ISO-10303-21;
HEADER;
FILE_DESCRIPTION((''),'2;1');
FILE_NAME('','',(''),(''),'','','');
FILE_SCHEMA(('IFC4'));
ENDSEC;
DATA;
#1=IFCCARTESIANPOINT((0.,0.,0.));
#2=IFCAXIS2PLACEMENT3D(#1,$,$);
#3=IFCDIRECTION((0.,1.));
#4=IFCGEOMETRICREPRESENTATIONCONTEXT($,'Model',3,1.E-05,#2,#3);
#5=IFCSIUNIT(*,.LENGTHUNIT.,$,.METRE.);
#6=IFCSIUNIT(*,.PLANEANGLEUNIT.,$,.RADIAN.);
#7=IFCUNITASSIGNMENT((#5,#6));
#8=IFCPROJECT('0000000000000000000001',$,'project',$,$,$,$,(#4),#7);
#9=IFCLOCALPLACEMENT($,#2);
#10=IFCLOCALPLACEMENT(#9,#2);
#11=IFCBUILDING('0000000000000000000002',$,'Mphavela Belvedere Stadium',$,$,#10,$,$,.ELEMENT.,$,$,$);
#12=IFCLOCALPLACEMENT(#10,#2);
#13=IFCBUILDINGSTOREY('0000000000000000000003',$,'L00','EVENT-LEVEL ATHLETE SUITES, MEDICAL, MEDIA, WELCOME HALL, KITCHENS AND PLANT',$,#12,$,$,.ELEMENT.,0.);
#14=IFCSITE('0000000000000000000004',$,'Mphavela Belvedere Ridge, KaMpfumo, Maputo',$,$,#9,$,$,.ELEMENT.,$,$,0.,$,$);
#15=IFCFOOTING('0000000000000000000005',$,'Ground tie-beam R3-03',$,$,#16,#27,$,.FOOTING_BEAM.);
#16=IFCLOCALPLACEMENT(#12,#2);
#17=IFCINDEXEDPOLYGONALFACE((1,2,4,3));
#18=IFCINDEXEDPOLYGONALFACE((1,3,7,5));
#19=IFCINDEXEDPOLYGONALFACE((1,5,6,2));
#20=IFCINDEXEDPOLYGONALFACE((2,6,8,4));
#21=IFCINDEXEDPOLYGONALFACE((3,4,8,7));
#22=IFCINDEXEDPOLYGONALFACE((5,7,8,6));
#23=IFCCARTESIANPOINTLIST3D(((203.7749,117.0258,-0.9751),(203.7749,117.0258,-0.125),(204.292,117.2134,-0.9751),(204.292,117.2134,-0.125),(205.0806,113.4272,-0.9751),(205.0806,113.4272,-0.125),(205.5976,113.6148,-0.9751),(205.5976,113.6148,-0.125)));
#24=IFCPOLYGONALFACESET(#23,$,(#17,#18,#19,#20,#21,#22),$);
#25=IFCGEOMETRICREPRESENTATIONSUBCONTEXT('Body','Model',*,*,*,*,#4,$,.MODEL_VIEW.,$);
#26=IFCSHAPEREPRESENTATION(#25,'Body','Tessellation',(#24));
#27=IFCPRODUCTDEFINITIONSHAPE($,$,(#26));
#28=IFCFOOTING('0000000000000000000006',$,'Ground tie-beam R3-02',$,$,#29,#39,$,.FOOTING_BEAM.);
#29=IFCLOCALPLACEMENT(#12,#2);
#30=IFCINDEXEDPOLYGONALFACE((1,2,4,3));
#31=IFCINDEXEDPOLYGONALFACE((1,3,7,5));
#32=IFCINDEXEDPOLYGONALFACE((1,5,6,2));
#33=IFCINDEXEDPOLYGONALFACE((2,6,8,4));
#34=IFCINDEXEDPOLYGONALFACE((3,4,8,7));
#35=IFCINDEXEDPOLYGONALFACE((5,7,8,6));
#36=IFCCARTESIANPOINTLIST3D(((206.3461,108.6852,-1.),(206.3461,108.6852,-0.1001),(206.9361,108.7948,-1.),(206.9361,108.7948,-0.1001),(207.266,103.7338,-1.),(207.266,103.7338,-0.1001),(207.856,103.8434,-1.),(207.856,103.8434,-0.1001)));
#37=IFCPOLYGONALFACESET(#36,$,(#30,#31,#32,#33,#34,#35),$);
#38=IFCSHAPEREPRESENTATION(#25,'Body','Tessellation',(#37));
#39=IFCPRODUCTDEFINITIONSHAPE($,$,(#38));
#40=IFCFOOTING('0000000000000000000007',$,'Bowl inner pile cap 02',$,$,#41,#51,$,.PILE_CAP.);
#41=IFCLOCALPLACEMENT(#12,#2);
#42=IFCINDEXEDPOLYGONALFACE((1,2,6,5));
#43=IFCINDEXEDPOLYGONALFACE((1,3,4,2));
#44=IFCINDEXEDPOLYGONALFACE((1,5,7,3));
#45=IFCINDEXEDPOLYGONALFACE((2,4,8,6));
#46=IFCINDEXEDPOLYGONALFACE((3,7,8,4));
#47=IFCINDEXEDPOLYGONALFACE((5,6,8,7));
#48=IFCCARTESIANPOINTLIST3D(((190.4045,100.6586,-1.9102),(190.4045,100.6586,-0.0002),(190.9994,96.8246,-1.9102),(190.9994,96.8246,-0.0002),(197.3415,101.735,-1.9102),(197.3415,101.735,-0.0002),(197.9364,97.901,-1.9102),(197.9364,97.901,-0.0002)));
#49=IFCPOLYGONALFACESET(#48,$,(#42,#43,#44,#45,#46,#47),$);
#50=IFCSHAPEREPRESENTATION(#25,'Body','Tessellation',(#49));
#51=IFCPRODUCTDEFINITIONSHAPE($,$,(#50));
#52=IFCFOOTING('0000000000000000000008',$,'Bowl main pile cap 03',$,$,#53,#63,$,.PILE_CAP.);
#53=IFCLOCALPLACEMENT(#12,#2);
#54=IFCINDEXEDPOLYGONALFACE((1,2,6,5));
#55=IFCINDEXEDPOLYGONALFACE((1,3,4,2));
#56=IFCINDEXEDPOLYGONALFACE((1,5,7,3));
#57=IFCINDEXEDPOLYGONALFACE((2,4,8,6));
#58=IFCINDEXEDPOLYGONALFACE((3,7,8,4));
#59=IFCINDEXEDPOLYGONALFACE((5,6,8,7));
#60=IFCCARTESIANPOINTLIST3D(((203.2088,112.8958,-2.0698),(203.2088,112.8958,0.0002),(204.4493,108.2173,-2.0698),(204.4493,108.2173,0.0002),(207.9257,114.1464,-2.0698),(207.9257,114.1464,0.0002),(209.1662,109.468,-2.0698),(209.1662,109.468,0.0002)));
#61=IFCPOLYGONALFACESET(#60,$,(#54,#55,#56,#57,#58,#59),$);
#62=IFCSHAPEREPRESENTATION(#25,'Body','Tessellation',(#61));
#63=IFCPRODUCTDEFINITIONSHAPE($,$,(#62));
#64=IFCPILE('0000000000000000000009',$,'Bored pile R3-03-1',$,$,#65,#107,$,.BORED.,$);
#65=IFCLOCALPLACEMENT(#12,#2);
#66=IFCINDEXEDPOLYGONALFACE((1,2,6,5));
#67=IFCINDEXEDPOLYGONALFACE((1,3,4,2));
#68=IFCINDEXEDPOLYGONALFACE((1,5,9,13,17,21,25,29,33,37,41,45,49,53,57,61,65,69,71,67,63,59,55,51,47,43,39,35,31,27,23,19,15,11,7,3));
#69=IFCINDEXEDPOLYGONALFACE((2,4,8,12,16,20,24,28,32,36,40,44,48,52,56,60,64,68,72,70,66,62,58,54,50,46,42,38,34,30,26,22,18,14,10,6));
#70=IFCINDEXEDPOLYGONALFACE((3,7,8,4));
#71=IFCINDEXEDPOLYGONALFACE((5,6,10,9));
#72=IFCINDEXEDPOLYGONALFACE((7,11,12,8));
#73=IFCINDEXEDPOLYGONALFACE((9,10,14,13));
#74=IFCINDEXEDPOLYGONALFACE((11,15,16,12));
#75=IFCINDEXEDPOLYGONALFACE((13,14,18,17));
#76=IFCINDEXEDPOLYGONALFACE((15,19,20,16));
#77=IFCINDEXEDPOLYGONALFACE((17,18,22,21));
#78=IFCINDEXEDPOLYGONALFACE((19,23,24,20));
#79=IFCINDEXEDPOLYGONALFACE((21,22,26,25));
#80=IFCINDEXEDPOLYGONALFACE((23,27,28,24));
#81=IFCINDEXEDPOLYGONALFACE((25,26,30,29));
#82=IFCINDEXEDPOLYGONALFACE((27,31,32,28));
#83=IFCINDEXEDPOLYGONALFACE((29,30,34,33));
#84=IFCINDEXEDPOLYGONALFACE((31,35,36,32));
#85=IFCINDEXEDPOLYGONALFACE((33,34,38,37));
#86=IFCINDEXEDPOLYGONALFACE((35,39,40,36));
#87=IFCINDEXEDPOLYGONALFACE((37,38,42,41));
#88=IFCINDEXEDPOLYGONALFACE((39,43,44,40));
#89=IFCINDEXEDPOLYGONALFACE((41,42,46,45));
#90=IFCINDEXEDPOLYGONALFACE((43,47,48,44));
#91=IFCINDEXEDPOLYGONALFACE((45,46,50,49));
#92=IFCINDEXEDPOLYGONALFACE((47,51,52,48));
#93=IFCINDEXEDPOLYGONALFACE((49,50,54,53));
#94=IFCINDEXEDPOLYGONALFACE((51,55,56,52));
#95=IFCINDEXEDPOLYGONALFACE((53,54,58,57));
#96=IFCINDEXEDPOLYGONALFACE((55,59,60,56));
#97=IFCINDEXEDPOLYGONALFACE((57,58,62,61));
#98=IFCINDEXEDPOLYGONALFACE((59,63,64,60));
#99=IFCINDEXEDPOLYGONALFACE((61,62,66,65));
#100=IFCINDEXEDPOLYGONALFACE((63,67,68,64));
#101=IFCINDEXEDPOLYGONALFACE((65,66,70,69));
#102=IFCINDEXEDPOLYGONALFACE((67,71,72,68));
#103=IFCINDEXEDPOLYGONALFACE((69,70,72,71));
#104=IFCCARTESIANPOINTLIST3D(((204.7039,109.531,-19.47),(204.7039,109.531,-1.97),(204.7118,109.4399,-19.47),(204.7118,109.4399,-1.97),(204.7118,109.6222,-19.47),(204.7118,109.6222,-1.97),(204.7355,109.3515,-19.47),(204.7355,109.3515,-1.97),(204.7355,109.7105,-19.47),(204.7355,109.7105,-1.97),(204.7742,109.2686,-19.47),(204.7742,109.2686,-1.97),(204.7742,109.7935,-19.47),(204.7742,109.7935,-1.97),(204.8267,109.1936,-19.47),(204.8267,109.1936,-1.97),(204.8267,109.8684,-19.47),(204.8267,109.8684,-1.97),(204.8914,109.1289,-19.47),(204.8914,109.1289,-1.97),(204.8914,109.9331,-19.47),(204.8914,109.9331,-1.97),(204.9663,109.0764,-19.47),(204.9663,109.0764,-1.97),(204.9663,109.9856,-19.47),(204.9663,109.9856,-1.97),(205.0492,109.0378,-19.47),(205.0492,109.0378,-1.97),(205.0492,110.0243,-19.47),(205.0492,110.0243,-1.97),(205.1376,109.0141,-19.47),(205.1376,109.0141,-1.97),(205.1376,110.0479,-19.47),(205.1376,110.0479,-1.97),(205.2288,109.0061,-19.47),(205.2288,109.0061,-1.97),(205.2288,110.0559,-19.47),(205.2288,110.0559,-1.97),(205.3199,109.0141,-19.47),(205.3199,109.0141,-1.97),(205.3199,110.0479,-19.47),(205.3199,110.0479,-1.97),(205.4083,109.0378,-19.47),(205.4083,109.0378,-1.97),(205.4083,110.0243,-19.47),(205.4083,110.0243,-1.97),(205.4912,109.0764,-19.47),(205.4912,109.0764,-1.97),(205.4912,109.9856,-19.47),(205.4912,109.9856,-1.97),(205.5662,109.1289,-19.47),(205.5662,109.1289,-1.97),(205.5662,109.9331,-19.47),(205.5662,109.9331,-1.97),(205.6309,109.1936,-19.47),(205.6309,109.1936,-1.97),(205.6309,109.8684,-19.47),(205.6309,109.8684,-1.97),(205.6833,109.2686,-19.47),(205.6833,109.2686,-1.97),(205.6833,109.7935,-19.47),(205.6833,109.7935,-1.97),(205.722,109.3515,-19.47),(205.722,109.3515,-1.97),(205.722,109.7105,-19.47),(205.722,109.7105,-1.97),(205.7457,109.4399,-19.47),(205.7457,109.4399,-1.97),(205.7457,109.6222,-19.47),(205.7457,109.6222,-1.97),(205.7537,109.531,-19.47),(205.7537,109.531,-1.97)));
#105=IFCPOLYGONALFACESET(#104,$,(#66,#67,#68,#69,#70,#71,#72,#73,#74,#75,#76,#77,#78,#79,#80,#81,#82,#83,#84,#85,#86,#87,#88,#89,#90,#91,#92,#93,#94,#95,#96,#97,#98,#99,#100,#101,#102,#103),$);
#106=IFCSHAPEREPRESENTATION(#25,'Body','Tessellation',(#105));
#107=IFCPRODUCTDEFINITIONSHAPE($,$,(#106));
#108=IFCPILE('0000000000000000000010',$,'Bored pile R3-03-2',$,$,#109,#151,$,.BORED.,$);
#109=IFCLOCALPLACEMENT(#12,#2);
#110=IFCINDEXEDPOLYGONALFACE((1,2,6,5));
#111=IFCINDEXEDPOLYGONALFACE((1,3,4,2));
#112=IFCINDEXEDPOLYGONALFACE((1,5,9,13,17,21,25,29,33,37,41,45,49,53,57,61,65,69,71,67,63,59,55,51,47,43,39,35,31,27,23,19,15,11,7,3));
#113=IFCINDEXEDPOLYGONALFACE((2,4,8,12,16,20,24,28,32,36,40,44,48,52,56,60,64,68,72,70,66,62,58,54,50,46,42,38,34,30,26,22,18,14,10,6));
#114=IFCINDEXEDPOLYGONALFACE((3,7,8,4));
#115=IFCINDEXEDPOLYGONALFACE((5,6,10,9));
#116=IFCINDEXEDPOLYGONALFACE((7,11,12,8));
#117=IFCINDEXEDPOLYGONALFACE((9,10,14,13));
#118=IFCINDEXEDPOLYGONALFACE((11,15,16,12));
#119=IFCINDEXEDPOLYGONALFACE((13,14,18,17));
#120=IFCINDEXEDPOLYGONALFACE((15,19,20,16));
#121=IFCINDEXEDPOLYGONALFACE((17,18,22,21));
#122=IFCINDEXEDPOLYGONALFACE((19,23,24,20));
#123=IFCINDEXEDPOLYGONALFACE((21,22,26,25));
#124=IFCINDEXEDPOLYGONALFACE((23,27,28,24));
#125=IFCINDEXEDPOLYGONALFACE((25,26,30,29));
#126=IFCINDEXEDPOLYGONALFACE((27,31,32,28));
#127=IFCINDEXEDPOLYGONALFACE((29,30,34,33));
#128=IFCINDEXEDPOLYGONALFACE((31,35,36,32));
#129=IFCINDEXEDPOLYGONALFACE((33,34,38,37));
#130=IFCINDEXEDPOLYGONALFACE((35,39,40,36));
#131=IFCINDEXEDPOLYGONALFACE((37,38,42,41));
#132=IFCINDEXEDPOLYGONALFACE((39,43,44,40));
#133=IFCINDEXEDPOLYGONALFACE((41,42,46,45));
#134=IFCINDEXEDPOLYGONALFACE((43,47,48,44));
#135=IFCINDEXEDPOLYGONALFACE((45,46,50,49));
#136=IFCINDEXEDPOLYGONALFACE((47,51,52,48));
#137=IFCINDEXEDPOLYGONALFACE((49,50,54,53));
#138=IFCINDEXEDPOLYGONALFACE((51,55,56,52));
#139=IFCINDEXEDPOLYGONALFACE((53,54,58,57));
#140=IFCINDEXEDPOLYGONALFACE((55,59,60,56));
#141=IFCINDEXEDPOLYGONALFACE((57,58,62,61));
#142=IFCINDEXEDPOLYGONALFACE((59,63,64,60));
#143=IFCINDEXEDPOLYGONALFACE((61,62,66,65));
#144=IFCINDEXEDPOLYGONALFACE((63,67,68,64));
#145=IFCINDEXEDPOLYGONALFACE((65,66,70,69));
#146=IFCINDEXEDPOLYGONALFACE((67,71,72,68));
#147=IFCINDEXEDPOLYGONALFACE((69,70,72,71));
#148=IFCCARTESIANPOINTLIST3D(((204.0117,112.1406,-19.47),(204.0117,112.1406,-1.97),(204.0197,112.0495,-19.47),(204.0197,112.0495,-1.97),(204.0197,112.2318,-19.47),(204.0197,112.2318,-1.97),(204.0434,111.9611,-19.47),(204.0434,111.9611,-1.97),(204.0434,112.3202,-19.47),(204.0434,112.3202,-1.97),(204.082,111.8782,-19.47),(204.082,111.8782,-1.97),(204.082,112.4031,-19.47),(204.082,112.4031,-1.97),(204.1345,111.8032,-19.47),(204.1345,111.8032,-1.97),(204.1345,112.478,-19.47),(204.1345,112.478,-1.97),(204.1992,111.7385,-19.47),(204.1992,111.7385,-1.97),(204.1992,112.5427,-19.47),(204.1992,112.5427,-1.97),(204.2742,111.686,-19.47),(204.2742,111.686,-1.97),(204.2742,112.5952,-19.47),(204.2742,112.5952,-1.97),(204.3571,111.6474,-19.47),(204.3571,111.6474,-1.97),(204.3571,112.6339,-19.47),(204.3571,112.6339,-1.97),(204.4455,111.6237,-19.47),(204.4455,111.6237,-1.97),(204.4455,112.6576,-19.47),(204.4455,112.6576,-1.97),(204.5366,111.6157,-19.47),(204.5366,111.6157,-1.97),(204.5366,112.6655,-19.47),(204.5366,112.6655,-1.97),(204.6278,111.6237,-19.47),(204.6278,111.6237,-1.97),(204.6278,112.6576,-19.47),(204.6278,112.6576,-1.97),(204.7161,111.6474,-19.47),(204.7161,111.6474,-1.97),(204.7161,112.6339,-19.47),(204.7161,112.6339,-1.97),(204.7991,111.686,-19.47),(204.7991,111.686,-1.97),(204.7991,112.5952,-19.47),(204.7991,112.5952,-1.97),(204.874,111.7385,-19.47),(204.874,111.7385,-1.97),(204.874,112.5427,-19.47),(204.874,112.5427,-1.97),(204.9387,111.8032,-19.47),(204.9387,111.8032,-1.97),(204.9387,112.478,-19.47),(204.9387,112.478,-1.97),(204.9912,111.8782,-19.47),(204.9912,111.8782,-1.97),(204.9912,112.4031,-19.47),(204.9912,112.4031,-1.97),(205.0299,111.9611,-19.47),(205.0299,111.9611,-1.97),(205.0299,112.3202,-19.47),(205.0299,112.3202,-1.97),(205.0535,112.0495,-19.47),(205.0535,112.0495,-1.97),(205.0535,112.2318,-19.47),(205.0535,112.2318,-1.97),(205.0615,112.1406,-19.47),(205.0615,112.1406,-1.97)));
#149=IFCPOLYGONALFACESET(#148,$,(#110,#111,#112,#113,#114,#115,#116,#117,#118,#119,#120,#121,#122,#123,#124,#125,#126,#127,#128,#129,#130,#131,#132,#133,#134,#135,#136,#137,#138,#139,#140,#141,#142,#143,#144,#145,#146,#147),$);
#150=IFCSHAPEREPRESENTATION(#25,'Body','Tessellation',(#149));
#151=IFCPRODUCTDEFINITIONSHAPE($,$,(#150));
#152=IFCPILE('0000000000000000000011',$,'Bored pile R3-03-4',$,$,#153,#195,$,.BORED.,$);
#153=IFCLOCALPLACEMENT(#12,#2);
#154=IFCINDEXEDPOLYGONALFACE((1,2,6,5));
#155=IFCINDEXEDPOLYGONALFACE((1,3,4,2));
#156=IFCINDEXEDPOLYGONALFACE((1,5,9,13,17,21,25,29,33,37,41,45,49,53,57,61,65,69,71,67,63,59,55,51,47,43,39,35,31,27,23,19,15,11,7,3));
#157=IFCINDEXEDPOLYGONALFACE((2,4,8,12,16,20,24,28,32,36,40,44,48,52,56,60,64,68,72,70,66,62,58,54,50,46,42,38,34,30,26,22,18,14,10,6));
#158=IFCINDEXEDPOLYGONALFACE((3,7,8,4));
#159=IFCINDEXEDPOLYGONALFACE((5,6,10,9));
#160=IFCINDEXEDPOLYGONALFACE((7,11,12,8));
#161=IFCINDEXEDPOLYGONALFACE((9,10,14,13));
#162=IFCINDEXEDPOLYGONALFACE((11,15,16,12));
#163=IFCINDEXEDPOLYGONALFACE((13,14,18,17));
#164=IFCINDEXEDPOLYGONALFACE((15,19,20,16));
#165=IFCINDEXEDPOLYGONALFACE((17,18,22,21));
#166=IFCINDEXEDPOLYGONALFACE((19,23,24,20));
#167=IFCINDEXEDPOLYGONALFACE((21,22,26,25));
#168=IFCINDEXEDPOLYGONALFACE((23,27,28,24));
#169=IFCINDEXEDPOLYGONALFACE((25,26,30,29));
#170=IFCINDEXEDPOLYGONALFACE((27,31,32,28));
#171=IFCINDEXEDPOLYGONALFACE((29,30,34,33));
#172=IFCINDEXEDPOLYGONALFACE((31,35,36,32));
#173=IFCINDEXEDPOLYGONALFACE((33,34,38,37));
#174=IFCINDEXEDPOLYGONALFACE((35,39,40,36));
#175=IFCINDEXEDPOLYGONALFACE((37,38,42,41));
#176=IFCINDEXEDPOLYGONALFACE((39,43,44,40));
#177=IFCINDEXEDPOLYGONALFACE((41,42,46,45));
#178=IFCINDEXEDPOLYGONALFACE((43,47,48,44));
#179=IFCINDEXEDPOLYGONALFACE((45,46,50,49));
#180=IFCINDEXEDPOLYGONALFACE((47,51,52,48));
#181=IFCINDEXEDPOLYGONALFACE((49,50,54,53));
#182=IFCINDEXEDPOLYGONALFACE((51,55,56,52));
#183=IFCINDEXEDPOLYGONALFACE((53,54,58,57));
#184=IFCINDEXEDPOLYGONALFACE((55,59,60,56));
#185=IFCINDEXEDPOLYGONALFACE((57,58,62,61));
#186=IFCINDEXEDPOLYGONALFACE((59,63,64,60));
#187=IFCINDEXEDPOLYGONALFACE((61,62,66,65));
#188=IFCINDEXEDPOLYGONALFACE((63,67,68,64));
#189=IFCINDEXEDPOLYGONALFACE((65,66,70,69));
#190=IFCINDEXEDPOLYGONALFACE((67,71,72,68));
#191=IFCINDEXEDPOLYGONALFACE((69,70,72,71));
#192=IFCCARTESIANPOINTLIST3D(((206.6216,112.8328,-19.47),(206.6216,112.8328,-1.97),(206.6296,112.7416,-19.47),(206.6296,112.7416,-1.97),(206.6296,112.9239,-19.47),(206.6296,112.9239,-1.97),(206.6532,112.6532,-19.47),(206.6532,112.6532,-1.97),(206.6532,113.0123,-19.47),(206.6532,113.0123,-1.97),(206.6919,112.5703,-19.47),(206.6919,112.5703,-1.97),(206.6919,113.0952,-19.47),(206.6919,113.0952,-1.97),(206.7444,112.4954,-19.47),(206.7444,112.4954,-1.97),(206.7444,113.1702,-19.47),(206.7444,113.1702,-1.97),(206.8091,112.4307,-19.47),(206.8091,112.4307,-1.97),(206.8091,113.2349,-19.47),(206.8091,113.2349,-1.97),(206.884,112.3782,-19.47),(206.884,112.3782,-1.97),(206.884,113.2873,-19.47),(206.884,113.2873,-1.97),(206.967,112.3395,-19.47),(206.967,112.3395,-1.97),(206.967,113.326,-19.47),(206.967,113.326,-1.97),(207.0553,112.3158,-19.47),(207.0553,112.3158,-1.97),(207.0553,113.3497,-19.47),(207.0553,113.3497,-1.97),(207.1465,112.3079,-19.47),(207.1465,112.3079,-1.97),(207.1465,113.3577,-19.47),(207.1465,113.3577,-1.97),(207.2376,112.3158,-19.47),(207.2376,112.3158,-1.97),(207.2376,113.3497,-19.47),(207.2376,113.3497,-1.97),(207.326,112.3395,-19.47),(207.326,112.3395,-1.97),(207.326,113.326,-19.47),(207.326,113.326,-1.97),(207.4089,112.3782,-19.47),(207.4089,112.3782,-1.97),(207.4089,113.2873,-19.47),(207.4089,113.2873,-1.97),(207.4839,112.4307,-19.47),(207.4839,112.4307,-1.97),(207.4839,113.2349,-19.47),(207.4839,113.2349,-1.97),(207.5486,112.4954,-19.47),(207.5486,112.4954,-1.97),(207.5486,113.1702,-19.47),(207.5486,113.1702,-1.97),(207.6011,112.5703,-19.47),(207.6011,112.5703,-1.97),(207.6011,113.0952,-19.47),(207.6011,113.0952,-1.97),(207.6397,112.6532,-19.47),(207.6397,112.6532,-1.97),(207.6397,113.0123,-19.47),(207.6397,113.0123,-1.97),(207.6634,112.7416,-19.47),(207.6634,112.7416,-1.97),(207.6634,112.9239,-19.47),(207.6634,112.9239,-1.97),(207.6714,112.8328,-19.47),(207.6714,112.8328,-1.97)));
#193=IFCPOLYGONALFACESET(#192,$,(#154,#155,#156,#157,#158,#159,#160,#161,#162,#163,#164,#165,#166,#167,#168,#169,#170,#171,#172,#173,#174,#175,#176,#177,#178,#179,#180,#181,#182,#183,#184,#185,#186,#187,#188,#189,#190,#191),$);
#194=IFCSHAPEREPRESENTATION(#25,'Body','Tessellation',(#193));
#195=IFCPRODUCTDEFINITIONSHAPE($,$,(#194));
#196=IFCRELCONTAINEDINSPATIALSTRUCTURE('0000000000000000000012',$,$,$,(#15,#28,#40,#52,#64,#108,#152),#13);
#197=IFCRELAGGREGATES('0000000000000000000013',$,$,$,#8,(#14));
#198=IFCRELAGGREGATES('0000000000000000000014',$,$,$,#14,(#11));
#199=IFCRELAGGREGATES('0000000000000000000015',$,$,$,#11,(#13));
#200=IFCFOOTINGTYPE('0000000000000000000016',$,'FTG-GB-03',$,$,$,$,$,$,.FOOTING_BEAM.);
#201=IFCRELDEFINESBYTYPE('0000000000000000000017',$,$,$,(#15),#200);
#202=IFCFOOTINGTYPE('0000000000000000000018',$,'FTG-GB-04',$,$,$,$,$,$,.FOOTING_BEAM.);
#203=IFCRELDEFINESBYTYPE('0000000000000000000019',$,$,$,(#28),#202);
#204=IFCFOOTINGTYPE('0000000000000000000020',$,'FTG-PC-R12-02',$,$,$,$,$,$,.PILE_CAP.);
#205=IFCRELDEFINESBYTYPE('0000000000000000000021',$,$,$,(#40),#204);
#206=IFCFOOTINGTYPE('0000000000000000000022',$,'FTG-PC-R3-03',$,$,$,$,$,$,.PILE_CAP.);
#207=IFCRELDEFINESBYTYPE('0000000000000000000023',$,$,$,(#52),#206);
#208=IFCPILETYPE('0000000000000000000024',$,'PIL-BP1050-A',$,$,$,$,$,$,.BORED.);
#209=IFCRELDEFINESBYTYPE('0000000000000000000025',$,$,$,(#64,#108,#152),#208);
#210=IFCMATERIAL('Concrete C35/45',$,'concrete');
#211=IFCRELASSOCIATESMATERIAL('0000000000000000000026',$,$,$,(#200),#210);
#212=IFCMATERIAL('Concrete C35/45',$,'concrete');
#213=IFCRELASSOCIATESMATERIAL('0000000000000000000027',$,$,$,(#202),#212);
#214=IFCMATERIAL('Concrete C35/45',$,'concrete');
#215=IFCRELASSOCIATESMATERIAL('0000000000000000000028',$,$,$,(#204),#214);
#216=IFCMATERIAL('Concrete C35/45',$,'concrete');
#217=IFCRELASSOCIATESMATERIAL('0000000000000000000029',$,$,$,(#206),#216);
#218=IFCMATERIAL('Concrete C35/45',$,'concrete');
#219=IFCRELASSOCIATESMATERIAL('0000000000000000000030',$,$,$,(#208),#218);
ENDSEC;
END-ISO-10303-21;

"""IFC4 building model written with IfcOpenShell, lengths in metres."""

from ifc_helpers import new_model, si_unit, direction, frame, origin, origin_2d, place, context, subcontext, project, spatial, rectangle, circle, extrude, material, material_profile, profile_set, type_object, element, save


model = new_model("IFC4")

# Units and contexts
model_context = context("Model", 3, precision=1e-05, world=origin(), true_north=direction((0.0, 1.0)))
body_context = subcontext(model_context, "Body", "Model", "MODEL_VIEW")
ifc_project = project(units=[si_unit("LENGTHUNIT", "METRE"), si_unit("PLANEANGLEUNIT", "RADIAN")], contexts=[model_context])

# Site, building, storey
site_placement = place(None, origin())
site = spatial("IfcSite", under=ifc_project, at=site_placement, Name="Mphavela Belvedere Ridge, KaMpfumo, Maputo", CompositionType="ELEMENT", RefElevation=0.0)
building_placement = place(site_placement, origin())
building = spatial("IfcBuilding", under=site, at=building_placement, Name="Mphavela Belvedere Stadium", CompositionType="ELEMENT")
storey_placement = place(building_placement, origin())
storey = spatial("IfcBuildingStorey", under=building, at=storey_placement, Name="L00", Description="EVENT-LEVEL ATHLETE SUITES, MEDICAL, MEDIA, WELCOME HALL, KITCHENS AND PLANT", CompositionType="ELEMENT", Elevation=0.0)

# Footings
ifc_material_1 = material(Name="Concrete C35/45", Category="concrete")
ifc_material_profile_1 = material_profile(ifc_material_1, rectangle(XDim=0.55, YDim=0.8501, at=origin_2d()), Name="GB 550x850")
ifc_profile_set_1 = profile_set([ifc_material_profile_1], Name="Concrete C35/45")
footing_type_1 = type_object("IfcFootingType", Name="FTG-GB-03", PredefinedType="FOOTING_BEAM", material=ifc_profile_set_1)
footing_1_placement = place(storey_placement, frame((205.3391, 113.521, -0.55), z_axis=(-0.341067, 0.940039, 0.0), x_axis=(-0.940039, -0.341067, 0.0)))
element("IfcFooting", 1, at=footing_1_placement, inside=storey, type_object=footing_type_1, Name="Ground tie-beam R3-03", PredefinedType="FOOTING_BEAM", context=body_context, shape_type="SweptSolid", body=[
    extrude(rectangle(XDim=0.55, YDim=0.8501, at=origin_2d()), origin(), (0.0, 0.0, 1.0), 3.8281),
])
ifc_material_2 = material(Name="Concrete C35/45", Category="concrete")
ifc_material_profile_2 = material_profile(ifc_material_2, rectangle(XDim=0.6001, YDim=0.8999, at=origin_2d()), Name="GB 600x900")
ifc_profile_set_2 = profile_set([ifc_material_profile_2], Name="Concrete C35/45")
footing_type_2 = type_object("IfcFootingType", Name="FTG-GB-04", PredefinedType="FOOTING_BEAM", material=ifc_profile_set_2)
footing_2_placement = place(storey_placement, frame((207.561, 103.7886, -0.55), z_axis=(-0.182664, 0.983175, 0.0), x_axis=(-0.983175, -0.182664, 0.0)))
element("IfcFooting", 2, at=footing_2_placement, inside=storey, type_object=footing_type_2, Name="Ground tie-beam R3-02", PredefinedType="FOOTING_BEAM", context=body_context, shape_type="SweptSolid", body=[
    extrude(rectangle(XDim=0.6001, YDim=0.8999, at=origin_2d()), origin(), (0.0, 0.0, 1.0), 5.0361),
])
ifc_material_3 = material(Name="Concrete C35/45", Category="concrete")
footing_type_3 = type_object("IfcFootingType", Name="FTG-PC-R12-02", PredefinedType="PILE_CAP", material=ifc_material_3)
footing_3_placement = place(storey_placement, frame((194.1704, 99.2798, -1.9102), z_axis=(0.0, 0.0, 1.0), x_axis=(0.988175, 0.153331, 0.0)))
element("IfcFooting", 3, at=footing_3_placement, inside=storey, type_object=footing_type_3, Name="Bowl inner pile cap 02", PredefinedType="PILE_CAP", context=body_context, shape_type="SweptSolid", body=[
    extrude(rectangle(XDim=7.02, YDim=3.8799, at=origin_2d()), origin(), (0.0, 0.0, 1.0), 1.9099),
])
ifc_material_4 = material(Name="Concrete C35/45", Category="concrete")
footing_type_4 = type_object("IfcFootingType", Name="FTG-PC-R3-03", PredefinedType="PILE_CAP", material=ifc_material_4)
footing_4_placement = place(storey_placement, frame((206.1875, 111.1819, -2.0698), z_axis=(0.0, 0.0, 1.0), x_axis=(0.9666, 0.256289, 0.0)))
element("IfcFooting", 4, at=footing_4_placement, inside=storey, type_object=footing_type_4, Name="Bowl main pile cap 03", PredefinedType="PILE_CAP", context=body_context, shape_type="SweptSolid", body=[
    extrude(rectangle(XDim=4.8799, YDim=4.8401, at=origin_2d()), origin(), (0.0, 0.0, 1.0), 2.0701),
])

# Piles
ifc_material_5 = material(Name="Concrete C35/45", Category="concrete")
ifc_material_profile_3 = material_profile(ifc_material_5, circle(Radius=0.5249, at=origin_2d()), Name="BP D1050")
ifc_profile_set_3 = profile_set([ifc_material_profile_3], Name="Concrete C35/45")
pile_type_1 = type_object("IfcPileType", Name="PIL-BP1050-A", PredefinedType="BORED", material=ifc_profile_set_3)
for number, where, z_axis, x_axis, name in (
    (5, (205.2288, 109.531, -1.97), (0.0, 0.0, -1.0), (1.0, 0.0, 0.0), "Bored pile R3-03-1"),
    (6, (204.5366, 112.1406, -1.97), (0.0, 0.0, -1.0), (1.0, 0.0, 0.0), "Bored pile R3-03-2"),
    (7, (207.1465, 112.8328, -1.97), (0.0, 0.0, -1.0), (1.0, 0.0, 0.0), "Bored pile R3-03-4"),
):
    element("IfcPile", number, at=place(storey_placement, frame(where, z_axis=z_axis, x_axis=x_axis)), inside=storey, type_object=pile_type_1, Name=name, PredefinedType="BORED", context=body_context, shape_type="SweptSolid", body=[
        extrude(circle(Radius=0.5249, at=origin_2d()), origin(), (0.0, 0.0, 1.0), 17.5),
    ])

save(model, "model.ifc")
